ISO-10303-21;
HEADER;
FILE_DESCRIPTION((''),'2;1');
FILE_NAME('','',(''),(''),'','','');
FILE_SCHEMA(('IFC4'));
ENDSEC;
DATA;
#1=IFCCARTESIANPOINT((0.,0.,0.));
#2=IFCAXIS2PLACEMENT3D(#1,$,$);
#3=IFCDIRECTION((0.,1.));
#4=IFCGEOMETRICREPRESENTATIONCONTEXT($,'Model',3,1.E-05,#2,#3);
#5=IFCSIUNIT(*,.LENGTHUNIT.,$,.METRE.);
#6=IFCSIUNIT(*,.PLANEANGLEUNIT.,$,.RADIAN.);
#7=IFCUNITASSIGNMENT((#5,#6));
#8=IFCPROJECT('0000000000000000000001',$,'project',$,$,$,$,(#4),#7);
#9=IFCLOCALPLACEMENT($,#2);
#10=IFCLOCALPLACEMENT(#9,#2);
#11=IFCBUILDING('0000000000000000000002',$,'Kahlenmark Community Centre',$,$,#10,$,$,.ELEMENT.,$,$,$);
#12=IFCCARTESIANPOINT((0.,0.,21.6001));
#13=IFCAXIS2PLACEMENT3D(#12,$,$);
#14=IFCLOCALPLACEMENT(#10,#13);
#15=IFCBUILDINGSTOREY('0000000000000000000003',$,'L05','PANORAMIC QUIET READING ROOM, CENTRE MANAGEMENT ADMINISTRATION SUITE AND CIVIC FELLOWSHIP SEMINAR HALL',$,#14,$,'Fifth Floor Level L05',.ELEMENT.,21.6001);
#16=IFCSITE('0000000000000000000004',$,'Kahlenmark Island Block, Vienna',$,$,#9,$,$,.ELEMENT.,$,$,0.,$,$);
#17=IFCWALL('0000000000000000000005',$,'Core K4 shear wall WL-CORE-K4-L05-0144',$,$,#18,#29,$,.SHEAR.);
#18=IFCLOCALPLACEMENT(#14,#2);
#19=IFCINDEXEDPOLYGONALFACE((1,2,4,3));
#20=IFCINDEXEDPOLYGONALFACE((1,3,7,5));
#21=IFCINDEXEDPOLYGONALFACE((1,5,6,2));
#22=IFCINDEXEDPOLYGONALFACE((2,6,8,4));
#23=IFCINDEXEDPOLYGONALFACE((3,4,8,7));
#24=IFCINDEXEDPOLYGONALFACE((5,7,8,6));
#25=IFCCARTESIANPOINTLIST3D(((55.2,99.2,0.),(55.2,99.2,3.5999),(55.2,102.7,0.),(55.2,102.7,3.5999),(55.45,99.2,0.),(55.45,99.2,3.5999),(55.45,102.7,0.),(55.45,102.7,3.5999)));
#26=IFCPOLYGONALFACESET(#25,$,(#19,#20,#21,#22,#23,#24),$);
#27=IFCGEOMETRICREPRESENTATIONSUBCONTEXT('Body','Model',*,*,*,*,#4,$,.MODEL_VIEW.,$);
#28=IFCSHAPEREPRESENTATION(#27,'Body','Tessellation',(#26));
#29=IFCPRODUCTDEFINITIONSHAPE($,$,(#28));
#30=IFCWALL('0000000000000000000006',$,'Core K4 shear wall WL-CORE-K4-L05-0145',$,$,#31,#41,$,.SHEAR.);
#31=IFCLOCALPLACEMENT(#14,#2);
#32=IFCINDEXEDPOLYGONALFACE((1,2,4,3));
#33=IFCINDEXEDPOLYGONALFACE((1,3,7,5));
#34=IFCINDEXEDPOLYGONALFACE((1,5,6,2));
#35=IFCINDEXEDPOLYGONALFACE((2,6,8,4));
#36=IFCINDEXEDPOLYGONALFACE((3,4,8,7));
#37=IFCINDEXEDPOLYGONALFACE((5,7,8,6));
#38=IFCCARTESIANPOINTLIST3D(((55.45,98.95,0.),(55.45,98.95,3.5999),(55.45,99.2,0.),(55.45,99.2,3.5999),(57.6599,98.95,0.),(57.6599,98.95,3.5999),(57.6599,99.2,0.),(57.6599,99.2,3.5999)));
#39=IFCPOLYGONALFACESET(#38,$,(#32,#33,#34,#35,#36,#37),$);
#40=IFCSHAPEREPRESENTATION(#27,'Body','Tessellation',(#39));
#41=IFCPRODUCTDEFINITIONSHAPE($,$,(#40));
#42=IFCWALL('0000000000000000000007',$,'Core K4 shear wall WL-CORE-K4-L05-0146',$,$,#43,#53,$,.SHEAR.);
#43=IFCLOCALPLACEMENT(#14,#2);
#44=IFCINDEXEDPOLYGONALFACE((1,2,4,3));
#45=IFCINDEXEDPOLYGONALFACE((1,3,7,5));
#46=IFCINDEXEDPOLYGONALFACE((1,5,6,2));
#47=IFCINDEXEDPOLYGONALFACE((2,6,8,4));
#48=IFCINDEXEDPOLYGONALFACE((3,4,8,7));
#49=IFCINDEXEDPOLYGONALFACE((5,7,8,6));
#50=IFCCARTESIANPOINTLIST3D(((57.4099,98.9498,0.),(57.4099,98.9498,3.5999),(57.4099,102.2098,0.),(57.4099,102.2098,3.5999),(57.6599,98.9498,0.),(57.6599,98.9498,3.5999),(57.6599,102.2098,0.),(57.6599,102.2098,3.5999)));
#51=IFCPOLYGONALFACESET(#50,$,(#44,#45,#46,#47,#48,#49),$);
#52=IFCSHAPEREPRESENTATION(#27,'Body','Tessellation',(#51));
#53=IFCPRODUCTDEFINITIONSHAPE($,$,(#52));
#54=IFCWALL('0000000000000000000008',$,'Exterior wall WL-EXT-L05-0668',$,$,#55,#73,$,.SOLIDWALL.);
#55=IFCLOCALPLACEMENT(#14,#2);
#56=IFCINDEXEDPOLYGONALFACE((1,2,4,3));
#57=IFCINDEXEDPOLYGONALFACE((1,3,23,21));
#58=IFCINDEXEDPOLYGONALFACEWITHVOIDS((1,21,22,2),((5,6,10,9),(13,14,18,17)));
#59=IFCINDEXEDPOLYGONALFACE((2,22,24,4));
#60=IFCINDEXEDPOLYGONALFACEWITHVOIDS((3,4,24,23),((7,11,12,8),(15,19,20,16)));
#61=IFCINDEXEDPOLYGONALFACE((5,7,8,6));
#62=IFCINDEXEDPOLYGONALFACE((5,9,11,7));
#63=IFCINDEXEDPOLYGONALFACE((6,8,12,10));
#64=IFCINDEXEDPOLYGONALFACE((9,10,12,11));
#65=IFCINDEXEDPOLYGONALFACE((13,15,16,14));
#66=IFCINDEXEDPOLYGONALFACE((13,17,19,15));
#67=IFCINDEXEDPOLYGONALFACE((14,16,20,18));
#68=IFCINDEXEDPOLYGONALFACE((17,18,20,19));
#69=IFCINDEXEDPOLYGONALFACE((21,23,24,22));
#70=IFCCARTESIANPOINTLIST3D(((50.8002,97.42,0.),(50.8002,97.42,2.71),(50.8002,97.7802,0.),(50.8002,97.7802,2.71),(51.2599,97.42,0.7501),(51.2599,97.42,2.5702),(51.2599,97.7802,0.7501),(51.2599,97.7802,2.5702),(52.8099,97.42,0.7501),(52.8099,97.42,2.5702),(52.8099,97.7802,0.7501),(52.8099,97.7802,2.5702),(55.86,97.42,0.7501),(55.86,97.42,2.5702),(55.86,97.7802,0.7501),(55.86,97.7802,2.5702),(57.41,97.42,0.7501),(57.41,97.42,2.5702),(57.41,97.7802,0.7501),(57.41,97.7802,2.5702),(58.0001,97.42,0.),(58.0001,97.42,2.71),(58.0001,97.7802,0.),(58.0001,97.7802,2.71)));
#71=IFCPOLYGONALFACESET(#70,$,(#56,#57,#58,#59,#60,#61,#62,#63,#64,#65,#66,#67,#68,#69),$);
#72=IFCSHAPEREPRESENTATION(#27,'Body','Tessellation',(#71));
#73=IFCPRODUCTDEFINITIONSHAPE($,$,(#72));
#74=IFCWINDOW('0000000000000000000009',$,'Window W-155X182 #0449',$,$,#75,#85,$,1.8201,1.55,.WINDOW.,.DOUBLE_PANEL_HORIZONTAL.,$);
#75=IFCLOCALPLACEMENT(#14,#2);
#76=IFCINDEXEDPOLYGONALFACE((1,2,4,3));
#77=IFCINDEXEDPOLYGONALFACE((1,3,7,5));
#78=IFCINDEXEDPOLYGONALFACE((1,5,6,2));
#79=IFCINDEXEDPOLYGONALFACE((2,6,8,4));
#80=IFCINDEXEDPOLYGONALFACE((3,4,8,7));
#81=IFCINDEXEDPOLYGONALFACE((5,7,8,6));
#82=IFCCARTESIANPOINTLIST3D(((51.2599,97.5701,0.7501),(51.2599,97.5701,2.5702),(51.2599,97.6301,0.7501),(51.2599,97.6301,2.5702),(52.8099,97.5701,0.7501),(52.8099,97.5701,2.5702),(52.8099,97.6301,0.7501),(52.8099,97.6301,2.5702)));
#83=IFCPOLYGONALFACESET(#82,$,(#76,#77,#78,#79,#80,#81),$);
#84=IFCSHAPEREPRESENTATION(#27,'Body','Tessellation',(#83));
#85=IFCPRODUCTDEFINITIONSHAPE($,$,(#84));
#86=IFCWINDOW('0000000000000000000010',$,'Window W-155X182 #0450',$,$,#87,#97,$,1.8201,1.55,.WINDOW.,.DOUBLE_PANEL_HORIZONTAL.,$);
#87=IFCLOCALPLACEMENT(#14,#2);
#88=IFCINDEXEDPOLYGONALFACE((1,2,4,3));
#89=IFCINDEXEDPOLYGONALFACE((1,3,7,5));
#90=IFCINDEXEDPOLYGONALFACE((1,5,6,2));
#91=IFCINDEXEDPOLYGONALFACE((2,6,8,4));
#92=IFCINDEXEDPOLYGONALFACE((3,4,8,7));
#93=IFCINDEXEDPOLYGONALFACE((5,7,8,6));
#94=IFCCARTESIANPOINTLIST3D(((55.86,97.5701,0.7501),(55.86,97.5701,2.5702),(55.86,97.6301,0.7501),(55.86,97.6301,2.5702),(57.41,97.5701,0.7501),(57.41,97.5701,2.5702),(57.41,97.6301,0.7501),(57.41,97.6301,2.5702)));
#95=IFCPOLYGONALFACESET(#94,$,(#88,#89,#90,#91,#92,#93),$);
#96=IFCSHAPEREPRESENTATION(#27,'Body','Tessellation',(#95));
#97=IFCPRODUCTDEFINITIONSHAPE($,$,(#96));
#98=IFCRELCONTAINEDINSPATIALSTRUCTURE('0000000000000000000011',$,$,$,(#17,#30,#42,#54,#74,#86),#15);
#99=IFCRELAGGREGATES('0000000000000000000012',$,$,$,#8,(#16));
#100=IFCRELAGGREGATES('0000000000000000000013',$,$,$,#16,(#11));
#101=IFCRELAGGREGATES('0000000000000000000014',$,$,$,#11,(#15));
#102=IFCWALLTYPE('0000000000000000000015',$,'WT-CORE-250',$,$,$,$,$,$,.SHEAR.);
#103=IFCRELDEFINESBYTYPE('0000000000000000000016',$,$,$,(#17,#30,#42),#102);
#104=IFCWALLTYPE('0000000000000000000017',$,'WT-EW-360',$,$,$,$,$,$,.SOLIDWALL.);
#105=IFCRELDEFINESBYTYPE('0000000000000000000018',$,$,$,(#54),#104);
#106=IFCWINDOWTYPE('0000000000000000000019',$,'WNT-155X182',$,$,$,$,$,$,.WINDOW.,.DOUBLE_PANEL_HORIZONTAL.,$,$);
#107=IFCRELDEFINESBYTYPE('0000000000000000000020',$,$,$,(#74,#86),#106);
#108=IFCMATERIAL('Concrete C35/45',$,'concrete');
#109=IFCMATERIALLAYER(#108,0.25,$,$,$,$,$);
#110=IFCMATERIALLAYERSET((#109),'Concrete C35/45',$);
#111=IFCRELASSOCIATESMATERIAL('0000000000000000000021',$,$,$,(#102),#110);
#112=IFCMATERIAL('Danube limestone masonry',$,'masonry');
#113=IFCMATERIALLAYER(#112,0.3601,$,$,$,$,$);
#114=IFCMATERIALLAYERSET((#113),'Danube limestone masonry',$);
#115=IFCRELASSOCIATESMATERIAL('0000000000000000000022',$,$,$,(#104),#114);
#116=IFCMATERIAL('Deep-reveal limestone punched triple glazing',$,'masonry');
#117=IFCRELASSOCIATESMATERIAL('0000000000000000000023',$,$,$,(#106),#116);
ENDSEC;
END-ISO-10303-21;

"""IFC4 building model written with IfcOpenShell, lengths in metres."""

from ifc_helpers import new_model, si_unit, direction, frame, frame_2d, origin, place, context, subcontext, project, spatial, rectangle, extrude, material, layer, layer_set, type_object, element, fill, save


model = new_model("IFC4")

# Units and contexts
model_context = context("Model", 3, precision=1e-05, world=origin(), true_north=direction((0.0, 1.0)))
body_context = subcontext(model_context, "Body", "Model", "MODEL_VIEW")
ifc_project = project(units=[si_unit("LENGTHUNIT", "METRE"), si_unit("PLANEANGLEUNIT", "RADIAN")], contexts=[model_context])

# Site, building, storey
site_placement = place(None, origin())
site = spatial("IfcSite", under=ifc_project, at=site_placement, Name="Kahlenmark Island Block, Vienna", CompositionType="ELEMENT", RefElevation=0.0)
building_placement = place(site_placement, origin())
building = spatial("IfcBuilding", under=site, at=building_placement, Name="Kahlenmark Community Centre", CompositionType="ELEMENT")
storey_placement = place(building_placement, frame((0.0, 0.0, 21.6001)))
storey = spatial("IfcBuildingStorey", under=building, at=storey_placement, Name="L05", Description="PANORAMIC QUIET READING ROOM, CENTRE MANAGEMENT ADMINISTRATION SUITE AND CIVIC FELLOWSHIP SEMINAR HALL", LongName="Fifth Floor Level L05", CompositionType="ELEMENT", Elevation=21.6001)

# Walls
ifc_material_1 = material(Name="Concrete C35/45", Category="concrete")
ifc_layer_1 = layer(ifc_material_1, 0.25)
ifc_layer_set_1 = layer_set([ifc_layer_1], Name="Concrete C35/45")
wall_type_1 = type_object("IfcWallType", Name="WT-CORE-250", PredefinedType="SHEAR", material=ifc_layer_set_1)
wall_1_placement = place(storey_placement, frame((55.325, 99.2, 0.0), z_axis=(0.0, 0.0, 1.0), x_axis=(0.0, 1.0, 0.0)))
element("IfcWall", 1, at=wall_1_placement, inside=storey, type_object=wall_type_1, Name="Core K4 shear wall WL-CORE-K4-L05-0144", PredefinedType="SHEAR", context=body_context, shape_type="SweptSolid", body=[
    extrude(rectangle(XDim=3.5, YDim=0.25, at=frame_2d((1.75, 0.0))), origin(), (0.0, 0.0, 1.0), 3.5999),
])
wall_2_placement = place(storey_placement, frame((55.45, 99.075, 0.0), z_axis=(0.0, 0.0, 1.0), x_axis=(1.0, 0.0, 0.0)))
element("IfcWall", 2, at=wall_2_placement, inside=storey, type_object=wall_type_1, Name="Core K4 shear wall WL-CORE-K4-L05-0145", PredefinedType="SHEAR", context=body_context, shape_type="SweptSolid", body=[
    extrude(rectangle(XDim=2.21, YDim=0.25, at=frame_2d((1.105, 0.0))), origin(), (0.0, 0.0, 1.0), 3.5999),
])
wall_3_placement = place(storey_placement, frame((57.5349, 98.95, 0.0), z_axis=(0.0, 0.0, 1.0), x_axis=(0.0, 1.0, 0.0)))
element("IfcWall", 3, at=wall_3_placement, inside=storey, type_object=wall_type_1, Name="Core K4 shear wall WL-CORE-K4-L05-0146", PredefinedType="SHEAR", context=body_context, shape_type="SweptSolid", body=[
    extrude(rectangle(XDim=3.26, YDim=0.25, at=frame_2d((1.6299, 0.0))), origin(), (0.0, 0.0, 1.0), 3.5999),
])

# Wall, openings, windows
ifc_material_2 = material(Name="Danube limestone masonry", Category="masonry")
ifc_layer_2 = layer(ifc_material_2, 0.3601)
ifc_layer_set_2 = layer_set([ifc_layer_2], Name="Danube limestone masonry")
wall_type_2 = type_object("IfcWallType", Name="WT-EW-360", PredefinedType="SOLIDWALL", material=ifc_layer_set_2)
wall_4_placement = place(storey_placement, frame((50.8, 97.6001, 0.0), z_axis=(0.0, 0.0, 1.0), x_axis=(1.0, 0.0, 0.0)))
wall_4 = element("IfcWall", 4, at=wall_4_placement, inside=storey, type_object=wall_type_2, Name="Exterior wall WL-EXT-L05-0668", PredefinedType="SOLIDWALL", context=body_context, shape_type="SweptSolid", body=[
    extrude(rectangle(XDim=7.2, YDim=0.3601, at=frame_2d((3.6001, 0.0))), origin(), (0.0, 0.0, 1.0), 2.71),
])
opening_1_placement = place(wall_4_placement, frame((0.46, 0.0, 0.75)))
opening_1 = element("IfcOpeningElement", 5, at=opening_1_placement, cuts=wall_4, PredefinedType="OPENING", context=body_context, shape_type="SweptSolid", body=[
    extrude(rectangle(XDim=1.55, YDim=1.8201, at=frame_2d((0.7749, 0.9102))), frame((0.0, 0.1899, 0.0), z_axis=(0.0, -1.0, 0.0), x_axis=(1.0, 0.0, 0.0)), (0.0, 0.0, 1.0), 0.3801),
])
opening_2_placement = place(wall_4_placement, frame((5.0601, 0.0, 0.75)))
opening_2 = element("IfcOpeningElement", 6, at=opening_2_placement, cuts=wall_4, PredefinedType="OPENING", context=body_context, shape_type="SweptSolid", body=[
    extrude(rectangle(XDim=1.55, YDim=1.8201, at=frame_2d((0.7749, 0.9102))), frame((0.0, 0.1899, 0.0), z_axis=(0.0, -1.0, 0.0), x_axis=(1.0, 0.0, 0.0)), (0.0, 0.0, 1.0), 0.3801),
])
ifc_material_3 = material(Name="Deep-reveal limestone punched triple glazing", Category="masonry")
window_type = type_object("IfcWindowType", Name="WNT-155X182", PartitioningType="DOUBLE_PANEL_HORIZONTAL", PredefinedType="WINDOW", material=ifc_material_3)
window_1_placement = place(opening_1_placement, origin())
window_1 = element("IfcWindow", 7, at=window_1_placement, inside=storey, type_object=window_type, Name="Window W-155X182 #0449", OverallHeight=1.8201, OverallWidth=1.55, PartitioningType="DOUBLE_PANEL_HORIZONTAL", PredefinedType="WINDOW", context=body_context, shape_type="SweptSolid", body=[
    extrude(rectangle(XDim=1.55, YDim=1.8201, at=frame_2d((0.7749, 0.9102))), frame((0.0, 0.03, 0.0), z_axis=(0.0, -1.0, 0.0), x_axis=(1.0, 0.0, 0.0)), (0.0, 0.0, 1.0), 0.0601),
])
fill(opening_1, window_1)
window_2_placement = place(opening_2_placement, origin())
window_2 = element("IfcWindow", 8, at=window_2_placement, inside=storey, type_object=window_type, Name="Window W-155X182 #0450", OverallHeight=1.8201, OverallWidth=1.55, PartitioningType="DOUBLE_PANEL_HORIZONTAL", PredefinedType="WINDOW", context=body_context, shape_type="SweptSolid", body=[
    extrude(rectangle(XDim=1.55, YDim=1.8201, at=frame_2d((0.7749, 0.9102))), frame((0.0, 0.03, 0.0), z_axis=(0.0, -1.0, 0.0), x_axis=(1.0, 0.0, 0.0)), (0.0, 0.0, 1.0), 0.0601),
])
fill(opening_2, window_2)

save(model, "model.ifc")
